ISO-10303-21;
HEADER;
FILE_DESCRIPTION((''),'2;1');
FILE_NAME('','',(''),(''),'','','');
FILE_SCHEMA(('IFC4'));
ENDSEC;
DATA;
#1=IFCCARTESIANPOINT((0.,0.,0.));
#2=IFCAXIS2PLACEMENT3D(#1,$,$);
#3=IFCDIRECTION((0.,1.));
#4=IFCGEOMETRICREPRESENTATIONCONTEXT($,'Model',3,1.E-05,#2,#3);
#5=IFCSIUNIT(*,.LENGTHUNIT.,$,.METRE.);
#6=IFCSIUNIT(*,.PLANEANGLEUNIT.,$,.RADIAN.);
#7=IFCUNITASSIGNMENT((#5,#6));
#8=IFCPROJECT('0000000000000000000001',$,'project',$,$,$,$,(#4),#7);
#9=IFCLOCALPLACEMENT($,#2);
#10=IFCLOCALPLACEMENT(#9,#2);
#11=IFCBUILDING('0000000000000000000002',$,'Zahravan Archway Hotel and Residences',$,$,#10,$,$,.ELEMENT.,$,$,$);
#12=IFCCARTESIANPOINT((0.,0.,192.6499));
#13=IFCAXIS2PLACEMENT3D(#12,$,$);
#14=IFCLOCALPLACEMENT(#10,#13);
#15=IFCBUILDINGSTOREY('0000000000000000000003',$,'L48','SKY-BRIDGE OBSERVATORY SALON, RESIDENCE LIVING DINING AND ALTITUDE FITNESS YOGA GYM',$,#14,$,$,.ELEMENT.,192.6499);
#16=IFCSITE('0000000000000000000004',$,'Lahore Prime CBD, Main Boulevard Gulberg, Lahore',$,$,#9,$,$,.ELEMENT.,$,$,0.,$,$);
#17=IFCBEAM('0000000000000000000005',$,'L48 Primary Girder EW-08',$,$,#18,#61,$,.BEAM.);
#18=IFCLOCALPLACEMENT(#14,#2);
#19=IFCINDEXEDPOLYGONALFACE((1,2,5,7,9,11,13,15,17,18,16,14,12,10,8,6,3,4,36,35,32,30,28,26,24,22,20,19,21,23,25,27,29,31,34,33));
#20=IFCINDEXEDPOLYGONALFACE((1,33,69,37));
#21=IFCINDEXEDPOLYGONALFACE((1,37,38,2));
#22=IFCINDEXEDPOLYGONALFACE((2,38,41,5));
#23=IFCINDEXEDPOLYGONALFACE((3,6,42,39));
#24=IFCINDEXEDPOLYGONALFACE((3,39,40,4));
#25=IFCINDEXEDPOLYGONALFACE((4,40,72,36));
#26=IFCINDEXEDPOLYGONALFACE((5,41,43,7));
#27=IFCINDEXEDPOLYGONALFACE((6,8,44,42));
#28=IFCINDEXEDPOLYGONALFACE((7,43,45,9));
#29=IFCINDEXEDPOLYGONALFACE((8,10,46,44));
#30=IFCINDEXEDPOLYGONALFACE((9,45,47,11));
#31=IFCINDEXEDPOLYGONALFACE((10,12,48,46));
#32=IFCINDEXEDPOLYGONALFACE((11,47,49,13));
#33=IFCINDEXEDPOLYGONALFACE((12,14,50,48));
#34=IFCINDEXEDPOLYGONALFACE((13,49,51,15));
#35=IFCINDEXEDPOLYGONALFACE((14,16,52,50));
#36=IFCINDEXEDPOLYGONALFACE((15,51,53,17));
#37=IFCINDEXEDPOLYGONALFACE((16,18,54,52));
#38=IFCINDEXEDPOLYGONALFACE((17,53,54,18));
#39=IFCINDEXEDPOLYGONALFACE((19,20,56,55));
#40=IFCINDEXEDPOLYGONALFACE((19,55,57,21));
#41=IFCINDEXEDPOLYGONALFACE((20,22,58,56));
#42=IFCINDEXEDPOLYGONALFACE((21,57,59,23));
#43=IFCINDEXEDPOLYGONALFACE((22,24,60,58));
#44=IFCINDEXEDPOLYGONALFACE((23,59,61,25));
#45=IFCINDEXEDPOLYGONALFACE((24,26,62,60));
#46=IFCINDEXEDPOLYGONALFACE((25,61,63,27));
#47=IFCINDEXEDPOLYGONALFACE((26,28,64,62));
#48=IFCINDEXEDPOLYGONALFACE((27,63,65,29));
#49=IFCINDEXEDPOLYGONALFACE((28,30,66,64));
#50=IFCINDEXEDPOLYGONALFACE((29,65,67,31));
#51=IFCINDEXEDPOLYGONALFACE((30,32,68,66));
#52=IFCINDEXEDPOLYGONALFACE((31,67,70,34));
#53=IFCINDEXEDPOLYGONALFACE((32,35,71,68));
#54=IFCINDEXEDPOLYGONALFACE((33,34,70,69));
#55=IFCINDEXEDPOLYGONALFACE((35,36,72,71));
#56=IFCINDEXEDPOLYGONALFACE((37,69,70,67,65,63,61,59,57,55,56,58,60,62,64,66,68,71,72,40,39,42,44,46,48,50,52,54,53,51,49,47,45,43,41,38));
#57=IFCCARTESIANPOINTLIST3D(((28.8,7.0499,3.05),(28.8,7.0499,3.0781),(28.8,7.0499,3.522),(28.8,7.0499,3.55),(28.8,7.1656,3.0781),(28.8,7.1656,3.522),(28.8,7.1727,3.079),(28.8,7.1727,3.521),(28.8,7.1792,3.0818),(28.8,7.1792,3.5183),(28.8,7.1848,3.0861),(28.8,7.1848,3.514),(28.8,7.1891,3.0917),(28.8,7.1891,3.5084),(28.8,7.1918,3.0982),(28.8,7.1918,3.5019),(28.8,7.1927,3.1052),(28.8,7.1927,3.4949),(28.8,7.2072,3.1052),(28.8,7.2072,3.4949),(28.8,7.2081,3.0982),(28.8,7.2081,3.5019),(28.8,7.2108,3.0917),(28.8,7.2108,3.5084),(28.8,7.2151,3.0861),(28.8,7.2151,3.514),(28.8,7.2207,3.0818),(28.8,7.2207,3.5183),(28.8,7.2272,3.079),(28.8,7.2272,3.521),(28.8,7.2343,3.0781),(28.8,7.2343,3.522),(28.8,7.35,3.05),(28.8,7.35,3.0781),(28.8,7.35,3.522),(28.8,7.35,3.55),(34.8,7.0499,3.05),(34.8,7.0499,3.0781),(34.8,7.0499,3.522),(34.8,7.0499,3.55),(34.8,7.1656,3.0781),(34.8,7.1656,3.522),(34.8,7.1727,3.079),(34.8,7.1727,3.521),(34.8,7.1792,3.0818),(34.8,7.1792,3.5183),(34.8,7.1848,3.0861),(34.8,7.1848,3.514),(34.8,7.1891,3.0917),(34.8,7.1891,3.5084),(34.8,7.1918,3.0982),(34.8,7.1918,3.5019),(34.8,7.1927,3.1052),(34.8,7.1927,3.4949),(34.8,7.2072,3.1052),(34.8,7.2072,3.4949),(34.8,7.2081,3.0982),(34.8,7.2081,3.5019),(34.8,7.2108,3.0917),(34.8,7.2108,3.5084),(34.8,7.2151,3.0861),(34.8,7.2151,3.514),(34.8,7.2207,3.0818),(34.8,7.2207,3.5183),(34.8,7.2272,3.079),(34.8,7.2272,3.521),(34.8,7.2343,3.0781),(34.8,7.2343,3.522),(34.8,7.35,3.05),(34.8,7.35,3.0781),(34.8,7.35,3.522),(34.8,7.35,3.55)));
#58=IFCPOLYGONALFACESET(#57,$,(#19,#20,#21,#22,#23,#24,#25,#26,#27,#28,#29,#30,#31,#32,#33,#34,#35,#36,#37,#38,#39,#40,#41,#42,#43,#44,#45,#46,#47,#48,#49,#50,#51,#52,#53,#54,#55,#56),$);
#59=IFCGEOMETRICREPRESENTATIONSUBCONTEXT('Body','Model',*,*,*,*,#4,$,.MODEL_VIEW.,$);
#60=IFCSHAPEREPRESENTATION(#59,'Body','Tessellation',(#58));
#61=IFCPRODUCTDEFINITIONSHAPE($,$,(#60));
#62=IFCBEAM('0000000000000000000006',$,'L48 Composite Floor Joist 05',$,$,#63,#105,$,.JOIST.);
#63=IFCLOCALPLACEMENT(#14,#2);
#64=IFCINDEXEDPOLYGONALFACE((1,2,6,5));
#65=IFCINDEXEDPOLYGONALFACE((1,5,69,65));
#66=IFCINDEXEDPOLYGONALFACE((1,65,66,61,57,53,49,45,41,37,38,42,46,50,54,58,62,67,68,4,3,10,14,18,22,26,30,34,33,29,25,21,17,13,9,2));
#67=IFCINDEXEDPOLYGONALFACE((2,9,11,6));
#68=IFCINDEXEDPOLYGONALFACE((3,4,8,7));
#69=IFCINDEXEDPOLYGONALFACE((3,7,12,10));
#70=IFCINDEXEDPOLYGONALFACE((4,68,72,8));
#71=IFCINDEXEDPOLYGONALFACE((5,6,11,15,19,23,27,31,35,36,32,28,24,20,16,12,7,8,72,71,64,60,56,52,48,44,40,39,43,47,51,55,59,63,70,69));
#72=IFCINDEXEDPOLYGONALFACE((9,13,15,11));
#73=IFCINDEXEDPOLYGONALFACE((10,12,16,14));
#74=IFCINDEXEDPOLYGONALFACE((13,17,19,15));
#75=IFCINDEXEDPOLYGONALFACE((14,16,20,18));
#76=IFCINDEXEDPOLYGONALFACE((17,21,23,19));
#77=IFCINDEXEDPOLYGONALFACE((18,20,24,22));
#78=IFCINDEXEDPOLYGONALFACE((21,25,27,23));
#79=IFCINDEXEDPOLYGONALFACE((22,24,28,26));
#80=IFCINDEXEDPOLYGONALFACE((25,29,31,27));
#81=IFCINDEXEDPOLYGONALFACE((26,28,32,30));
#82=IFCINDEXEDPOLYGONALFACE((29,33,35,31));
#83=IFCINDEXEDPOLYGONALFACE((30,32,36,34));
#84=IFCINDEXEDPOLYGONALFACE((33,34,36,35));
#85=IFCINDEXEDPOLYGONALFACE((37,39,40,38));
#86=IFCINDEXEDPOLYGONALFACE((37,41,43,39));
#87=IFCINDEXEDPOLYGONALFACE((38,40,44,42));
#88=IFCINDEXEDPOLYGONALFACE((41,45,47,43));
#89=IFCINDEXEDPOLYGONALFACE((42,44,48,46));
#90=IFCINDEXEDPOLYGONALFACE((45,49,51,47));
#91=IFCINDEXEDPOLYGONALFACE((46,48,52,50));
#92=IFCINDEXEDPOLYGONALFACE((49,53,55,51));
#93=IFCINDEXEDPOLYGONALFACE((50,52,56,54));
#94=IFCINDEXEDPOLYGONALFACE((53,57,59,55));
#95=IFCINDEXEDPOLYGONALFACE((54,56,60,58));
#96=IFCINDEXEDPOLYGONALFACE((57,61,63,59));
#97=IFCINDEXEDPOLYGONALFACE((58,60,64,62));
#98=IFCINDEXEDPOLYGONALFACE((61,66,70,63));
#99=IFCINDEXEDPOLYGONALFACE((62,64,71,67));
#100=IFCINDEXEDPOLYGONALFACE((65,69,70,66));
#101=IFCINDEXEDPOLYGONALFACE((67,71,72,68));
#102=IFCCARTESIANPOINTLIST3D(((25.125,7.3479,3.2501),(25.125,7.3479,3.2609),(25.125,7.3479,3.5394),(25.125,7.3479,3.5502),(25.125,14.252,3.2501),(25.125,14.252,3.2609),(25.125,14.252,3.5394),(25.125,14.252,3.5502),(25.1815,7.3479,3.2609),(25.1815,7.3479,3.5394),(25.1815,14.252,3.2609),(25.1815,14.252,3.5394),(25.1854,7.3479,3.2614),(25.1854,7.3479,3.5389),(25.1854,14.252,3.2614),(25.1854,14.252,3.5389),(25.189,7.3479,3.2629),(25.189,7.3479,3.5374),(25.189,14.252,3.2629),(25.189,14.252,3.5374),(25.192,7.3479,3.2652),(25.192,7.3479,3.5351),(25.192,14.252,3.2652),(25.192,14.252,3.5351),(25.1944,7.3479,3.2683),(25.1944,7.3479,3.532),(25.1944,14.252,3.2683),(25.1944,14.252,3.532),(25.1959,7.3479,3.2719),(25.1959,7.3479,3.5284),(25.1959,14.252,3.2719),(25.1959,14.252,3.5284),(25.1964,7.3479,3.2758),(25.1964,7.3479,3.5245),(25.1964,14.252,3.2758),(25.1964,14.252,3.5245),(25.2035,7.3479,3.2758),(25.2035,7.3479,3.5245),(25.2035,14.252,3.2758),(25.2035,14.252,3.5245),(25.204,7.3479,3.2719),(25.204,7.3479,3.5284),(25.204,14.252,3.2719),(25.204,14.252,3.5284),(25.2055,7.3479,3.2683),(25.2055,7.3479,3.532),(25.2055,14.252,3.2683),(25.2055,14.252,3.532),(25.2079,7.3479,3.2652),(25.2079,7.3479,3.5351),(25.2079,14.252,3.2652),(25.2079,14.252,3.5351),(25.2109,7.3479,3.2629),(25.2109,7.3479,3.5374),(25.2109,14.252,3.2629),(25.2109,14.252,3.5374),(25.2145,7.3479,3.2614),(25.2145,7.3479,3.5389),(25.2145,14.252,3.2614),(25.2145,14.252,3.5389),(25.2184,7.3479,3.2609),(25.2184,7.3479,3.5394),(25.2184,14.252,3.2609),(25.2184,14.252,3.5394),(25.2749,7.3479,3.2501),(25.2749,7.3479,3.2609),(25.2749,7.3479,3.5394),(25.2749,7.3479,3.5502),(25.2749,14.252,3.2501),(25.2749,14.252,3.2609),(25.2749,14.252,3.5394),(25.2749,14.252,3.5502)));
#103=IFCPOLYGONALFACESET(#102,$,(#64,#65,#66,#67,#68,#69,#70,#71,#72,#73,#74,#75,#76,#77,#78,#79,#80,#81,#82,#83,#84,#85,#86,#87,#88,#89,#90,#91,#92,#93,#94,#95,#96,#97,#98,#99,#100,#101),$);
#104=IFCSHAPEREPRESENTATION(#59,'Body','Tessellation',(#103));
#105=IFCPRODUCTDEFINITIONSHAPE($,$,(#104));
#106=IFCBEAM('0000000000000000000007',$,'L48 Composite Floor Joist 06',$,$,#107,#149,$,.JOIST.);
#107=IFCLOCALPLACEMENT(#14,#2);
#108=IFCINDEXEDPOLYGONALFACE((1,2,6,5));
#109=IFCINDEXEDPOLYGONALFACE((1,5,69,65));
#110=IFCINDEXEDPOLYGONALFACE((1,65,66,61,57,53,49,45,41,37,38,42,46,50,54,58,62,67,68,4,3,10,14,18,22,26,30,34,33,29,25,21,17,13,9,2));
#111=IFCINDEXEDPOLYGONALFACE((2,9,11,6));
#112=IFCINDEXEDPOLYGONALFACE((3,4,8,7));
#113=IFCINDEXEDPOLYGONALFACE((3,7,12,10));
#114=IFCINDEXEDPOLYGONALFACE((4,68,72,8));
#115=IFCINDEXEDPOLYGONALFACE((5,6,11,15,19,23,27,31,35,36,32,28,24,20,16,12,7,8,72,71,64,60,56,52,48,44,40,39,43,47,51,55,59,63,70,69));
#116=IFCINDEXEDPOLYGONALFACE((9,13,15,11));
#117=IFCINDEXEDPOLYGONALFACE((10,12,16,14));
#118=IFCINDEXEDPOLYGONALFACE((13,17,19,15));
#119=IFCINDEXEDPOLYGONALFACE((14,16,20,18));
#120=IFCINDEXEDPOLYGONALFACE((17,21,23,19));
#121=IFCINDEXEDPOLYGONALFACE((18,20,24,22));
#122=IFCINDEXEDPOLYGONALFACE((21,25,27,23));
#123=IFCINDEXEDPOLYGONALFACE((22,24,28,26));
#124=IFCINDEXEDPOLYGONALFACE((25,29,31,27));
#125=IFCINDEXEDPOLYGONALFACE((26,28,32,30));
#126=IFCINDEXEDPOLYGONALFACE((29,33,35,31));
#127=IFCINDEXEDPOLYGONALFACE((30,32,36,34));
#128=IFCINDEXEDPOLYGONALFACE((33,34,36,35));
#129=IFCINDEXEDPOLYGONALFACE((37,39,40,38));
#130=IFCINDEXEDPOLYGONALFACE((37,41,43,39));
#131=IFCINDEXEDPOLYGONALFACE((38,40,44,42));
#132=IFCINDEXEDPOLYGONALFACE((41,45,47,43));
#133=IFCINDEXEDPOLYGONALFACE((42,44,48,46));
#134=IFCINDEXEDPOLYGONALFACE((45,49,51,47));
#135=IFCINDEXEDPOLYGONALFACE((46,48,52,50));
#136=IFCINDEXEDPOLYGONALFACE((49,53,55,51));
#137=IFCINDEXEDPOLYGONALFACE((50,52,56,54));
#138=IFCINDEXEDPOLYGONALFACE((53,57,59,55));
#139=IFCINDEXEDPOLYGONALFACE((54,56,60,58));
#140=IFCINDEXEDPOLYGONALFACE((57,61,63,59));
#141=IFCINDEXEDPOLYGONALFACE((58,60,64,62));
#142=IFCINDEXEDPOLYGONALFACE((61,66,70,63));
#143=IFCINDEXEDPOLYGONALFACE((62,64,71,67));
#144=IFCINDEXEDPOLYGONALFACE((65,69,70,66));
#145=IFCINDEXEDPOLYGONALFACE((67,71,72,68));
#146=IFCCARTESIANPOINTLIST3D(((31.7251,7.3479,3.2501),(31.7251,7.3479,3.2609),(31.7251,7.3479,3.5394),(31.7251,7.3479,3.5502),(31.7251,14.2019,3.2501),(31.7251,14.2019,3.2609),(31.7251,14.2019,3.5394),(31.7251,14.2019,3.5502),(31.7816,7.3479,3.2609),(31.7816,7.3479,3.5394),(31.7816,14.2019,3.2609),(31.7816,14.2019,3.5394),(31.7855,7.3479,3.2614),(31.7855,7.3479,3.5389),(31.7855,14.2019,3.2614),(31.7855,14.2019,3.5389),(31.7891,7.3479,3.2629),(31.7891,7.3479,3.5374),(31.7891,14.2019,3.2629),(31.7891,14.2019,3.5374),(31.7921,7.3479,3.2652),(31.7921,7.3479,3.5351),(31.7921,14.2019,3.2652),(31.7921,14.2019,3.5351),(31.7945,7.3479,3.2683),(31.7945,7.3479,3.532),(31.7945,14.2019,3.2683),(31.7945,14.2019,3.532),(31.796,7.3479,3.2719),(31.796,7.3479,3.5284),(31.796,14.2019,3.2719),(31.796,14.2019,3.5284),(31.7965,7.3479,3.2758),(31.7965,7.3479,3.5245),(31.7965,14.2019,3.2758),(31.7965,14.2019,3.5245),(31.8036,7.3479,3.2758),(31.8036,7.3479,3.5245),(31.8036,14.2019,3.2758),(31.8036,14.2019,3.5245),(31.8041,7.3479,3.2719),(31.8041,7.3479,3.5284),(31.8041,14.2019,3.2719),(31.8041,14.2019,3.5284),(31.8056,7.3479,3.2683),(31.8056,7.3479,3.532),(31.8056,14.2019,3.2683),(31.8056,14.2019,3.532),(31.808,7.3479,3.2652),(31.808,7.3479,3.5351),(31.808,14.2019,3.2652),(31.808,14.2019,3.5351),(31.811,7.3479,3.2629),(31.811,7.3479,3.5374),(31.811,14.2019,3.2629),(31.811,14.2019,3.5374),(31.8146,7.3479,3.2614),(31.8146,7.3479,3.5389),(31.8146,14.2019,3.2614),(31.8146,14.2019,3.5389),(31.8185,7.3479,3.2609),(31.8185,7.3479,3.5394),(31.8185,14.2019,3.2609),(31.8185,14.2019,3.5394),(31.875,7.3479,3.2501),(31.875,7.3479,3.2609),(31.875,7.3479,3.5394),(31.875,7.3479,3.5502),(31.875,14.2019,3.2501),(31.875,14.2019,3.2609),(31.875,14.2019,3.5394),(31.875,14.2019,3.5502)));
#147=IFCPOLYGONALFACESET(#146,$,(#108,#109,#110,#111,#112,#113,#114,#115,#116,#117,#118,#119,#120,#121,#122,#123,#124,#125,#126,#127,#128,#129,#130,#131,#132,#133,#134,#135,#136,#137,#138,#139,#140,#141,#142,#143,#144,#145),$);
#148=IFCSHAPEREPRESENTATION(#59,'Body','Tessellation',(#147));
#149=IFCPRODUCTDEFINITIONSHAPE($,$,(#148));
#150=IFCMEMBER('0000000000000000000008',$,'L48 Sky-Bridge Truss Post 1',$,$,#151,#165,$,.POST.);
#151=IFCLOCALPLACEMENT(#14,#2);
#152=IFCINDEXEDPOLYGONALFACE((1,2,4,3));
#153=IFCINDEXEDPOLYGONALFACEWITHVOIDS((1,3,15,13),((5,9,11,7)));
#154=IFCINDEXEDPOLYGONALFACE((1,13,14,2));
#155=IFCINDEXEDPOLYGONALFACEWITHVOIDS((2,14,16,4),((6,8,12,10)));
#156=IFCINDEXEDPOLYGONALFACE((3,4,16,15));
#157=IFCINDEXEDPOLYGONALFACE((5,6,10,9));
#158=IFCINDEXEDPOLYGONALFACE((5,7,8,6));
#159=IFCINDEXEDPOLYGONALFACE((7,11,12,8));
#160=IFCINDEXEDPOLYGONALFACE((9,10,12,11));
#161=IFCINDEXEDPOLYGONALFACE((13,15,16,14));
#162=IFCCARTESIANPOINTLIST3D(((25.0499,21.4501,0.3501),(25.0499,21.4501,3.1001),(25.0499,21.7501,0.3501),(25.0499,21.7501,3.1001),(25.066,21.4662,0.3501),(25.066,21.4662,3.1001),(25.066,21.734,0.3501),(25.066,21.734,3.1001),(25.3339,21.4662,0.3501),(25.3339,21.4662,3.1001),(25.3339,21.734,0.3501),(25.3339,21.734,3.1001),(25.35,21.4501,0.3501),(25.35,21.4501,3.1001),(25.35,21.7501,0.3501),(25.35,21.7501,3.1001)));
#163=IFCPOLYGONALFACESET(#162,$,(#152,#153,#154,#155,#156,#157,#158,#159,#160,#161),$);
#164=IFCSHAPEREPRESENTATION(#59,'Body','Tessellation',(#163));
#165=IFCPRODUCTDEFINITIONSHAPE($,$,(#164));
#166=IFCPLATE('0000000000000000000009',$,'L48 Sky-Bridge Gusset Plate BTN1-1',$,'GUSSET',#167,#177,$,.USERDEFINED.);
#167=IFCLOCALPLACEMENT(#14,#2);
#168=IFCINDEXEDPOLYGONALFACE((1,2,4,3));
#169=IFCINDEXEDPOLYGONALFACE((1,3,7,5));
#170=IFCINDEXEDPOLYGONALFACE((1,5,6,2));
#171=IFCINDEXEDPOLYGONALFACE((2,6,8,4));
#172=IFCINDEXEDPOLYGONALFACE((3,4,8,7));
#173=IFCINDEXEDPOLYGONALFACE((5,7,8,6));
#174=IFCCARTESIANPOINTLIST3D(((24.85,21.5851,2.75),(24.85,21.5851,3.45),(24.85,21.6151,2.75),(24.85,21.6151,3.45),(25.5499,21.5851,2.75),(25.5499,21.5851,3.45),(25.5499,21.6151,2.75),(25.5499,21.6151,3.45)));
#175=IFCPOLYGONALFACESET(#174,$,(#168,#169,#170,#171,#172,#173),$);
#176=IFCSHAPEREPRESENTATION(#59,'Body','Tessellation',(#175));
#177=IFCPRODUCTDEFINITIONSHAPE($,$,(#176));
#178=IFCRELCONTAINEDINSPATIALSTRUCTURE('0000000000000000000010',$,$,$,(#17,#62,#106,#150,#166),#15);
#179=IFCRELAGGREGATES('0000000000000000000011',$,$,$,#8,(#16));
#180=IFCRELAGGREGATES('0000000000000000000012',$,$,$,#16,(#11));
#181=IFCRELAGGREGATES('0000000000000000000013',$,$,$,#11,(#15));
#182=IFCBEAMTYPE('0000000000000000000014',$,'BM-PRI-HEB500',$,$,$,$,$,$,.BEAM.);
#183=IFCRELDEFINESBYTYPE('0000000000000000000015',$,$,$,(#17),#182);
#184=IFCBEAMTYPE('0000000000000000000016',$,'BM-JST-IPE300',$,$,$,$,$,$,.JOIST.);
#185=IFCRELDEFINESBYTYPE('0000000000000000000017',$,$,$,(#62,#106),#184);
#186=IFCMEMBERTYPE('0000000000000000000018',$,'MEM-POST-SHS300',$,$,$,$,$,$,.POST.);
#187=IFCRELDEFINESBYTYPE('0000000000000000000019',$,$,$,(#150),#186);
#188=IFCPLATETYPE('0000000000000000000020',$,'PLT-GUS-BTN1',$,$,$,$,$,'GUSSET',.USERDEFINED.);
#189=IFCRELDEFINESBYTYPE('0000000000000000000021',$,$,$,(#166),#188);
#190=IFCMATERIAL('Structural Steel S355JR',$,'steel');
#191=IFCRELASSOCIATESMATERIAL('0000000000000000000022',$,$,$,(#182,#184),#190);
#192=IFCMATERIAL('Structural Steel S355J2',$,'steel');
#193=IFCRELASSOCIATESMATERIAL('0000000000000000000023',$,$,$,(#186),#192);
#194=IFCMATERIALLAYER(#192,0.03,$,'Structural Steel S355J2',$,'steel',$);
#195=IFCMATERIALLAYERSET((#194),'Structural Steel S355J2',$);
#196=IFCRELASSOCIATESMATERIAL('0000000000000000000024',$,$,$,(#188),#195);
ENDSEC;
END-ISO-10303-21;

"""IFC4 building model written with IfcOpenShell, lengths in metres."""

from ifc_helpers import new_model, si_unit, direction, frame, origin, origin_2d, place, context, subcontext, project, spatial, rectangle, hollow_rectangle, i_section, extrude, source, transform, mapped, material, layer, layer_set, material_profile, profile_set, type_object, type_shapes, element, save


model = new_model("IFC4")

# Units and contexts
model_context = context("Model", 3, precision=1e-05, world=origin(), true_north=direction((0.0, 1.0)))
body_context = subcontext(model_context, "Body", "Model", "MODEL_VIEW")
ifc_project = project(units=[si_unit("LENGTHUNIT", "METRE"), si_unit("PLANEANGLEUNIT", "RADIAN")], contexts=[model_context])

# Site, building, storey
site_placement = place(None, origin())
site = spatial("IfcSite", under=ifc_project, at=site_placement, Name="Lahore Prime CBD, Main Boulevard Gulberg, Lahore", CompositionType="ELEMENT", RefElevation=0.0)
building_placement = place(site_placement, origin())
building = spatial("IfcBuilding", under=site, at=building_placement, Name="Zahravan Archway Hotel and Residences", CompositionType="ELEMENT")
storey_placement = place(building_placement, frame((0.0, 0.0, 192.6499)))
storey = spatial("IfcBuildingStorey", under=building, at=storey_placement, Name="L48", Description="SKY-BRIDGE OBSERVATORY SALON, RESIDENCE LIVING DINING AND ALTITUDE FITNESS YOGA GYM", CompositionType="ELEMENT", Elevation=192.6499)

# Beams
ifc_material_1 = material(Name="Structural Steel S355JR", Category="steel")
ifc_material_profile_1 = material_profile(ifc_material_1, i_section(OverallWidth=0.3, OverallDepth=0.5, WebThickness=0.0144, FlangeThickness=0.0281, FilletRadius=0.0271, at=origin_2d()), Name="HEB 500", Category="steel")
ifc_profile_set_1 = profile_set([ifc_material_profile_1], Name="Structural Steel S355JR")
beam_type_1 = type_object("IfcBeamType", Name="BM-PRI-HEB500", PredefinedType="BEAM", material=ifc_profile_set_1)
shared_shape_1 = source(origin(), body_context, "Body", "SweptSolid", [
    extrude(i_section(OverallWidth=0.3, OverallDepth=0.5, WebThickness=0.0144, FlangeThickness=0.0281, FilletRadius=0.0271, at=origin_2d()), origin(), (0.0, 0.0, 1.0), 6.0),
])
beam_1_placement = place(storey_placement, frame((28.8, 7.2, 3.3), z_axis=(1.0, 0.0, 0.0), x_axis=(0.0, 1.0, 0.0)))
element("IfcBeam", 1, at=beam_1_placement, inside=storey, type_object=beam_type_1, Name="L48 Primary Girder EW-08", PredefinedType="BEAM", context=body_context, shape_type="MappedRepresentation", body=[
    mapped(shared_shape_1, transform((0.0, 0.0, 0.0), scale=1.0)),
])
ifc_material_profile_2 = material_profile(ifc_material_1, i_section(OverallWidth=0.1499, OverallDepth=0.3, WebThickness=0.0071, FlangeThickness=0.0107, FilletRadius=0.0149, at=origin_2d()), Name="IPE 300", Category="steel")
ifc_profile_set_2 = profile_set([ifc_material_profile_2], Name="Structural Steel S355JR")
beam_type_2 = type_object("IfcBeamType", Name="BM-JST-IPE300", PredefinedType="JOIST", material=ifc_profile_set_2)
shared_shape_2 = source(origin(), body_context, "Body", "SweptSolid", [
    extrude(i_section(OverallWidth=0.1499, OverallDepth=0.3, WebThickness=0.0071, FlangeThickness=0.0107, FilletRadius=0.0149, at=origin_2d()), origin(), (0.0, 0.0, 1.0), 6.9041),
])
type_shapes(beam_type_2, [shared_shape_2])
beam_2_placement = place(storey_placement, frame((25.2, 7.3479, 3.4001), z_axis=(0.0, 1.0, 0.0), x_axis=(-1.0, 0.0, 0.0)))
element("IfcBeam", 2, at=beam_2_placement, inside=storey, type_object=beam_type_2, Name="L48 Composite Floor Joist 05", PredefinedType="JOIST", context=body_context, shape_type="MappedRepresentation", body=[
    mapped(shared_shape_2, transform((0.0, 0.0, 0.0), scale=1.0)),
])
shared_shape_3 = source(origin(), body_context, "Body", "SweptSolid", [
    extrude(i_section(OverallWidth=0.1499, OverallDepth=0.3, WebThickness=0.0071, FlangeThickness=0.0107, FilletRadius=0.0149, at=origin_2d()), origin(), (0.0, 0.0, 1.0), 6.854),
])
beam_3_placement = place(storey_placement, frame((31.8, 7.3479, 3.4001), z_axis=(0.0, 1.0, 0.0), x_axis=(-1.0, 0.0, 0.0)))
element("IfcBeam", 3, at=beam_3_placement, inside=storey, type_object=beam_type_2, Name="L48 Composite Floor Joist 06", PredefinedType="JOIST", context=body_context, shape_type="MappedRepresentation", body=[
    mapped(shared_shape_3, transform((0.0, 0.0, 0.0), scale=1.0)),
])

# Member
ifc_material_2 = material(Name="Structural Steel S355J2", Category="steel")
ifc_material_profile_3 = material_profile(ifc_material_2, hollow_rectangle(XDim=0.3, YDim=0.3, WallThickness=0.0161, at=origin_2d()), Name="SHS 300x300x16", Category="steel")
ifc_profile_set_3 = profile_set([ifc_material_profile_3], Name="Structural Steel S355J2")
member_type = type_object("IfcMemberType", Name="MEM-POST-SHS300", PredefinedType="POST", material=ifc_profile_set_3)
shared_shape_4 = source(origin(), body_context, "Body", "SweptSolid", [
    extrude(hollow_rectangle(XDim=0.3, YDim=0.3, WallThickness=0.0161, at=origin_2d()), origin(), (0.0, 0.0, 1.0), 2.75),
])
member_placement = place(storey_placement, frame((25.2, 21.6001, 0.3501), z_axis=(0.0, 0.0, 1.0), x_axis=(1.0, 0.0, 0.0)))
element("IfcMember", 4, at=member_placement, inside=storey, type_object=member_type, Name="L48 Sky-Bridge Truss Post 1", PredefinedType="POST", context=body_context, shape_type="MappedRepresentation", body=[
    mapped(shared_shape_4, transform((0.0, 0.0, 0.0), scale=1.0)),
])

# Plate
ifc_layer_1 = layer(ifc_material_2, 0.03, Name="Structural Steel S355J2", Category="steel")
ifc_layer_set_1 = layer_set([ifc_layer_1], Name="Structural Steel S355J2")
plate_type = type_object("IfcPlateType", Name="PLT-GUS-BTN1", ElementType="GUSSET", PredefinedType="USERDEFINED", material=ifc_layer_set_1)
shared_shape_5 = source(origin(), body_context, "Body", "SweptSolid", [
    extrude(rectangle(XDim=0.7, YDim=0.03, at=origin_2d()), origin(), (0.0, 0.0, 1.0), 0.7),
])
type_shapes(plate_type, [shared_shape_5])
plate_placement = place(storey_placement, frame((25.2, 21.6001, 2.75), z_axis=(0.0, 0.0, 1.0), x_axis=(1.0, 0.0, 0.0)))
element("IfcPlate", 5, at=plate_placement, inside=storey, type_object=plate_type, Name="L48 Sky-Bridge Gusset Plate BTN1-1", ObjectType="GUSSET", PredefinedType="USERDEFINED", context=body_context, shape_type="MappedRepresentation", body=[
    mapped(shared_shape_5, transform((0.0, 0.0, 0.0), scale=1.0)),
])

save(model, "model.ifc")
